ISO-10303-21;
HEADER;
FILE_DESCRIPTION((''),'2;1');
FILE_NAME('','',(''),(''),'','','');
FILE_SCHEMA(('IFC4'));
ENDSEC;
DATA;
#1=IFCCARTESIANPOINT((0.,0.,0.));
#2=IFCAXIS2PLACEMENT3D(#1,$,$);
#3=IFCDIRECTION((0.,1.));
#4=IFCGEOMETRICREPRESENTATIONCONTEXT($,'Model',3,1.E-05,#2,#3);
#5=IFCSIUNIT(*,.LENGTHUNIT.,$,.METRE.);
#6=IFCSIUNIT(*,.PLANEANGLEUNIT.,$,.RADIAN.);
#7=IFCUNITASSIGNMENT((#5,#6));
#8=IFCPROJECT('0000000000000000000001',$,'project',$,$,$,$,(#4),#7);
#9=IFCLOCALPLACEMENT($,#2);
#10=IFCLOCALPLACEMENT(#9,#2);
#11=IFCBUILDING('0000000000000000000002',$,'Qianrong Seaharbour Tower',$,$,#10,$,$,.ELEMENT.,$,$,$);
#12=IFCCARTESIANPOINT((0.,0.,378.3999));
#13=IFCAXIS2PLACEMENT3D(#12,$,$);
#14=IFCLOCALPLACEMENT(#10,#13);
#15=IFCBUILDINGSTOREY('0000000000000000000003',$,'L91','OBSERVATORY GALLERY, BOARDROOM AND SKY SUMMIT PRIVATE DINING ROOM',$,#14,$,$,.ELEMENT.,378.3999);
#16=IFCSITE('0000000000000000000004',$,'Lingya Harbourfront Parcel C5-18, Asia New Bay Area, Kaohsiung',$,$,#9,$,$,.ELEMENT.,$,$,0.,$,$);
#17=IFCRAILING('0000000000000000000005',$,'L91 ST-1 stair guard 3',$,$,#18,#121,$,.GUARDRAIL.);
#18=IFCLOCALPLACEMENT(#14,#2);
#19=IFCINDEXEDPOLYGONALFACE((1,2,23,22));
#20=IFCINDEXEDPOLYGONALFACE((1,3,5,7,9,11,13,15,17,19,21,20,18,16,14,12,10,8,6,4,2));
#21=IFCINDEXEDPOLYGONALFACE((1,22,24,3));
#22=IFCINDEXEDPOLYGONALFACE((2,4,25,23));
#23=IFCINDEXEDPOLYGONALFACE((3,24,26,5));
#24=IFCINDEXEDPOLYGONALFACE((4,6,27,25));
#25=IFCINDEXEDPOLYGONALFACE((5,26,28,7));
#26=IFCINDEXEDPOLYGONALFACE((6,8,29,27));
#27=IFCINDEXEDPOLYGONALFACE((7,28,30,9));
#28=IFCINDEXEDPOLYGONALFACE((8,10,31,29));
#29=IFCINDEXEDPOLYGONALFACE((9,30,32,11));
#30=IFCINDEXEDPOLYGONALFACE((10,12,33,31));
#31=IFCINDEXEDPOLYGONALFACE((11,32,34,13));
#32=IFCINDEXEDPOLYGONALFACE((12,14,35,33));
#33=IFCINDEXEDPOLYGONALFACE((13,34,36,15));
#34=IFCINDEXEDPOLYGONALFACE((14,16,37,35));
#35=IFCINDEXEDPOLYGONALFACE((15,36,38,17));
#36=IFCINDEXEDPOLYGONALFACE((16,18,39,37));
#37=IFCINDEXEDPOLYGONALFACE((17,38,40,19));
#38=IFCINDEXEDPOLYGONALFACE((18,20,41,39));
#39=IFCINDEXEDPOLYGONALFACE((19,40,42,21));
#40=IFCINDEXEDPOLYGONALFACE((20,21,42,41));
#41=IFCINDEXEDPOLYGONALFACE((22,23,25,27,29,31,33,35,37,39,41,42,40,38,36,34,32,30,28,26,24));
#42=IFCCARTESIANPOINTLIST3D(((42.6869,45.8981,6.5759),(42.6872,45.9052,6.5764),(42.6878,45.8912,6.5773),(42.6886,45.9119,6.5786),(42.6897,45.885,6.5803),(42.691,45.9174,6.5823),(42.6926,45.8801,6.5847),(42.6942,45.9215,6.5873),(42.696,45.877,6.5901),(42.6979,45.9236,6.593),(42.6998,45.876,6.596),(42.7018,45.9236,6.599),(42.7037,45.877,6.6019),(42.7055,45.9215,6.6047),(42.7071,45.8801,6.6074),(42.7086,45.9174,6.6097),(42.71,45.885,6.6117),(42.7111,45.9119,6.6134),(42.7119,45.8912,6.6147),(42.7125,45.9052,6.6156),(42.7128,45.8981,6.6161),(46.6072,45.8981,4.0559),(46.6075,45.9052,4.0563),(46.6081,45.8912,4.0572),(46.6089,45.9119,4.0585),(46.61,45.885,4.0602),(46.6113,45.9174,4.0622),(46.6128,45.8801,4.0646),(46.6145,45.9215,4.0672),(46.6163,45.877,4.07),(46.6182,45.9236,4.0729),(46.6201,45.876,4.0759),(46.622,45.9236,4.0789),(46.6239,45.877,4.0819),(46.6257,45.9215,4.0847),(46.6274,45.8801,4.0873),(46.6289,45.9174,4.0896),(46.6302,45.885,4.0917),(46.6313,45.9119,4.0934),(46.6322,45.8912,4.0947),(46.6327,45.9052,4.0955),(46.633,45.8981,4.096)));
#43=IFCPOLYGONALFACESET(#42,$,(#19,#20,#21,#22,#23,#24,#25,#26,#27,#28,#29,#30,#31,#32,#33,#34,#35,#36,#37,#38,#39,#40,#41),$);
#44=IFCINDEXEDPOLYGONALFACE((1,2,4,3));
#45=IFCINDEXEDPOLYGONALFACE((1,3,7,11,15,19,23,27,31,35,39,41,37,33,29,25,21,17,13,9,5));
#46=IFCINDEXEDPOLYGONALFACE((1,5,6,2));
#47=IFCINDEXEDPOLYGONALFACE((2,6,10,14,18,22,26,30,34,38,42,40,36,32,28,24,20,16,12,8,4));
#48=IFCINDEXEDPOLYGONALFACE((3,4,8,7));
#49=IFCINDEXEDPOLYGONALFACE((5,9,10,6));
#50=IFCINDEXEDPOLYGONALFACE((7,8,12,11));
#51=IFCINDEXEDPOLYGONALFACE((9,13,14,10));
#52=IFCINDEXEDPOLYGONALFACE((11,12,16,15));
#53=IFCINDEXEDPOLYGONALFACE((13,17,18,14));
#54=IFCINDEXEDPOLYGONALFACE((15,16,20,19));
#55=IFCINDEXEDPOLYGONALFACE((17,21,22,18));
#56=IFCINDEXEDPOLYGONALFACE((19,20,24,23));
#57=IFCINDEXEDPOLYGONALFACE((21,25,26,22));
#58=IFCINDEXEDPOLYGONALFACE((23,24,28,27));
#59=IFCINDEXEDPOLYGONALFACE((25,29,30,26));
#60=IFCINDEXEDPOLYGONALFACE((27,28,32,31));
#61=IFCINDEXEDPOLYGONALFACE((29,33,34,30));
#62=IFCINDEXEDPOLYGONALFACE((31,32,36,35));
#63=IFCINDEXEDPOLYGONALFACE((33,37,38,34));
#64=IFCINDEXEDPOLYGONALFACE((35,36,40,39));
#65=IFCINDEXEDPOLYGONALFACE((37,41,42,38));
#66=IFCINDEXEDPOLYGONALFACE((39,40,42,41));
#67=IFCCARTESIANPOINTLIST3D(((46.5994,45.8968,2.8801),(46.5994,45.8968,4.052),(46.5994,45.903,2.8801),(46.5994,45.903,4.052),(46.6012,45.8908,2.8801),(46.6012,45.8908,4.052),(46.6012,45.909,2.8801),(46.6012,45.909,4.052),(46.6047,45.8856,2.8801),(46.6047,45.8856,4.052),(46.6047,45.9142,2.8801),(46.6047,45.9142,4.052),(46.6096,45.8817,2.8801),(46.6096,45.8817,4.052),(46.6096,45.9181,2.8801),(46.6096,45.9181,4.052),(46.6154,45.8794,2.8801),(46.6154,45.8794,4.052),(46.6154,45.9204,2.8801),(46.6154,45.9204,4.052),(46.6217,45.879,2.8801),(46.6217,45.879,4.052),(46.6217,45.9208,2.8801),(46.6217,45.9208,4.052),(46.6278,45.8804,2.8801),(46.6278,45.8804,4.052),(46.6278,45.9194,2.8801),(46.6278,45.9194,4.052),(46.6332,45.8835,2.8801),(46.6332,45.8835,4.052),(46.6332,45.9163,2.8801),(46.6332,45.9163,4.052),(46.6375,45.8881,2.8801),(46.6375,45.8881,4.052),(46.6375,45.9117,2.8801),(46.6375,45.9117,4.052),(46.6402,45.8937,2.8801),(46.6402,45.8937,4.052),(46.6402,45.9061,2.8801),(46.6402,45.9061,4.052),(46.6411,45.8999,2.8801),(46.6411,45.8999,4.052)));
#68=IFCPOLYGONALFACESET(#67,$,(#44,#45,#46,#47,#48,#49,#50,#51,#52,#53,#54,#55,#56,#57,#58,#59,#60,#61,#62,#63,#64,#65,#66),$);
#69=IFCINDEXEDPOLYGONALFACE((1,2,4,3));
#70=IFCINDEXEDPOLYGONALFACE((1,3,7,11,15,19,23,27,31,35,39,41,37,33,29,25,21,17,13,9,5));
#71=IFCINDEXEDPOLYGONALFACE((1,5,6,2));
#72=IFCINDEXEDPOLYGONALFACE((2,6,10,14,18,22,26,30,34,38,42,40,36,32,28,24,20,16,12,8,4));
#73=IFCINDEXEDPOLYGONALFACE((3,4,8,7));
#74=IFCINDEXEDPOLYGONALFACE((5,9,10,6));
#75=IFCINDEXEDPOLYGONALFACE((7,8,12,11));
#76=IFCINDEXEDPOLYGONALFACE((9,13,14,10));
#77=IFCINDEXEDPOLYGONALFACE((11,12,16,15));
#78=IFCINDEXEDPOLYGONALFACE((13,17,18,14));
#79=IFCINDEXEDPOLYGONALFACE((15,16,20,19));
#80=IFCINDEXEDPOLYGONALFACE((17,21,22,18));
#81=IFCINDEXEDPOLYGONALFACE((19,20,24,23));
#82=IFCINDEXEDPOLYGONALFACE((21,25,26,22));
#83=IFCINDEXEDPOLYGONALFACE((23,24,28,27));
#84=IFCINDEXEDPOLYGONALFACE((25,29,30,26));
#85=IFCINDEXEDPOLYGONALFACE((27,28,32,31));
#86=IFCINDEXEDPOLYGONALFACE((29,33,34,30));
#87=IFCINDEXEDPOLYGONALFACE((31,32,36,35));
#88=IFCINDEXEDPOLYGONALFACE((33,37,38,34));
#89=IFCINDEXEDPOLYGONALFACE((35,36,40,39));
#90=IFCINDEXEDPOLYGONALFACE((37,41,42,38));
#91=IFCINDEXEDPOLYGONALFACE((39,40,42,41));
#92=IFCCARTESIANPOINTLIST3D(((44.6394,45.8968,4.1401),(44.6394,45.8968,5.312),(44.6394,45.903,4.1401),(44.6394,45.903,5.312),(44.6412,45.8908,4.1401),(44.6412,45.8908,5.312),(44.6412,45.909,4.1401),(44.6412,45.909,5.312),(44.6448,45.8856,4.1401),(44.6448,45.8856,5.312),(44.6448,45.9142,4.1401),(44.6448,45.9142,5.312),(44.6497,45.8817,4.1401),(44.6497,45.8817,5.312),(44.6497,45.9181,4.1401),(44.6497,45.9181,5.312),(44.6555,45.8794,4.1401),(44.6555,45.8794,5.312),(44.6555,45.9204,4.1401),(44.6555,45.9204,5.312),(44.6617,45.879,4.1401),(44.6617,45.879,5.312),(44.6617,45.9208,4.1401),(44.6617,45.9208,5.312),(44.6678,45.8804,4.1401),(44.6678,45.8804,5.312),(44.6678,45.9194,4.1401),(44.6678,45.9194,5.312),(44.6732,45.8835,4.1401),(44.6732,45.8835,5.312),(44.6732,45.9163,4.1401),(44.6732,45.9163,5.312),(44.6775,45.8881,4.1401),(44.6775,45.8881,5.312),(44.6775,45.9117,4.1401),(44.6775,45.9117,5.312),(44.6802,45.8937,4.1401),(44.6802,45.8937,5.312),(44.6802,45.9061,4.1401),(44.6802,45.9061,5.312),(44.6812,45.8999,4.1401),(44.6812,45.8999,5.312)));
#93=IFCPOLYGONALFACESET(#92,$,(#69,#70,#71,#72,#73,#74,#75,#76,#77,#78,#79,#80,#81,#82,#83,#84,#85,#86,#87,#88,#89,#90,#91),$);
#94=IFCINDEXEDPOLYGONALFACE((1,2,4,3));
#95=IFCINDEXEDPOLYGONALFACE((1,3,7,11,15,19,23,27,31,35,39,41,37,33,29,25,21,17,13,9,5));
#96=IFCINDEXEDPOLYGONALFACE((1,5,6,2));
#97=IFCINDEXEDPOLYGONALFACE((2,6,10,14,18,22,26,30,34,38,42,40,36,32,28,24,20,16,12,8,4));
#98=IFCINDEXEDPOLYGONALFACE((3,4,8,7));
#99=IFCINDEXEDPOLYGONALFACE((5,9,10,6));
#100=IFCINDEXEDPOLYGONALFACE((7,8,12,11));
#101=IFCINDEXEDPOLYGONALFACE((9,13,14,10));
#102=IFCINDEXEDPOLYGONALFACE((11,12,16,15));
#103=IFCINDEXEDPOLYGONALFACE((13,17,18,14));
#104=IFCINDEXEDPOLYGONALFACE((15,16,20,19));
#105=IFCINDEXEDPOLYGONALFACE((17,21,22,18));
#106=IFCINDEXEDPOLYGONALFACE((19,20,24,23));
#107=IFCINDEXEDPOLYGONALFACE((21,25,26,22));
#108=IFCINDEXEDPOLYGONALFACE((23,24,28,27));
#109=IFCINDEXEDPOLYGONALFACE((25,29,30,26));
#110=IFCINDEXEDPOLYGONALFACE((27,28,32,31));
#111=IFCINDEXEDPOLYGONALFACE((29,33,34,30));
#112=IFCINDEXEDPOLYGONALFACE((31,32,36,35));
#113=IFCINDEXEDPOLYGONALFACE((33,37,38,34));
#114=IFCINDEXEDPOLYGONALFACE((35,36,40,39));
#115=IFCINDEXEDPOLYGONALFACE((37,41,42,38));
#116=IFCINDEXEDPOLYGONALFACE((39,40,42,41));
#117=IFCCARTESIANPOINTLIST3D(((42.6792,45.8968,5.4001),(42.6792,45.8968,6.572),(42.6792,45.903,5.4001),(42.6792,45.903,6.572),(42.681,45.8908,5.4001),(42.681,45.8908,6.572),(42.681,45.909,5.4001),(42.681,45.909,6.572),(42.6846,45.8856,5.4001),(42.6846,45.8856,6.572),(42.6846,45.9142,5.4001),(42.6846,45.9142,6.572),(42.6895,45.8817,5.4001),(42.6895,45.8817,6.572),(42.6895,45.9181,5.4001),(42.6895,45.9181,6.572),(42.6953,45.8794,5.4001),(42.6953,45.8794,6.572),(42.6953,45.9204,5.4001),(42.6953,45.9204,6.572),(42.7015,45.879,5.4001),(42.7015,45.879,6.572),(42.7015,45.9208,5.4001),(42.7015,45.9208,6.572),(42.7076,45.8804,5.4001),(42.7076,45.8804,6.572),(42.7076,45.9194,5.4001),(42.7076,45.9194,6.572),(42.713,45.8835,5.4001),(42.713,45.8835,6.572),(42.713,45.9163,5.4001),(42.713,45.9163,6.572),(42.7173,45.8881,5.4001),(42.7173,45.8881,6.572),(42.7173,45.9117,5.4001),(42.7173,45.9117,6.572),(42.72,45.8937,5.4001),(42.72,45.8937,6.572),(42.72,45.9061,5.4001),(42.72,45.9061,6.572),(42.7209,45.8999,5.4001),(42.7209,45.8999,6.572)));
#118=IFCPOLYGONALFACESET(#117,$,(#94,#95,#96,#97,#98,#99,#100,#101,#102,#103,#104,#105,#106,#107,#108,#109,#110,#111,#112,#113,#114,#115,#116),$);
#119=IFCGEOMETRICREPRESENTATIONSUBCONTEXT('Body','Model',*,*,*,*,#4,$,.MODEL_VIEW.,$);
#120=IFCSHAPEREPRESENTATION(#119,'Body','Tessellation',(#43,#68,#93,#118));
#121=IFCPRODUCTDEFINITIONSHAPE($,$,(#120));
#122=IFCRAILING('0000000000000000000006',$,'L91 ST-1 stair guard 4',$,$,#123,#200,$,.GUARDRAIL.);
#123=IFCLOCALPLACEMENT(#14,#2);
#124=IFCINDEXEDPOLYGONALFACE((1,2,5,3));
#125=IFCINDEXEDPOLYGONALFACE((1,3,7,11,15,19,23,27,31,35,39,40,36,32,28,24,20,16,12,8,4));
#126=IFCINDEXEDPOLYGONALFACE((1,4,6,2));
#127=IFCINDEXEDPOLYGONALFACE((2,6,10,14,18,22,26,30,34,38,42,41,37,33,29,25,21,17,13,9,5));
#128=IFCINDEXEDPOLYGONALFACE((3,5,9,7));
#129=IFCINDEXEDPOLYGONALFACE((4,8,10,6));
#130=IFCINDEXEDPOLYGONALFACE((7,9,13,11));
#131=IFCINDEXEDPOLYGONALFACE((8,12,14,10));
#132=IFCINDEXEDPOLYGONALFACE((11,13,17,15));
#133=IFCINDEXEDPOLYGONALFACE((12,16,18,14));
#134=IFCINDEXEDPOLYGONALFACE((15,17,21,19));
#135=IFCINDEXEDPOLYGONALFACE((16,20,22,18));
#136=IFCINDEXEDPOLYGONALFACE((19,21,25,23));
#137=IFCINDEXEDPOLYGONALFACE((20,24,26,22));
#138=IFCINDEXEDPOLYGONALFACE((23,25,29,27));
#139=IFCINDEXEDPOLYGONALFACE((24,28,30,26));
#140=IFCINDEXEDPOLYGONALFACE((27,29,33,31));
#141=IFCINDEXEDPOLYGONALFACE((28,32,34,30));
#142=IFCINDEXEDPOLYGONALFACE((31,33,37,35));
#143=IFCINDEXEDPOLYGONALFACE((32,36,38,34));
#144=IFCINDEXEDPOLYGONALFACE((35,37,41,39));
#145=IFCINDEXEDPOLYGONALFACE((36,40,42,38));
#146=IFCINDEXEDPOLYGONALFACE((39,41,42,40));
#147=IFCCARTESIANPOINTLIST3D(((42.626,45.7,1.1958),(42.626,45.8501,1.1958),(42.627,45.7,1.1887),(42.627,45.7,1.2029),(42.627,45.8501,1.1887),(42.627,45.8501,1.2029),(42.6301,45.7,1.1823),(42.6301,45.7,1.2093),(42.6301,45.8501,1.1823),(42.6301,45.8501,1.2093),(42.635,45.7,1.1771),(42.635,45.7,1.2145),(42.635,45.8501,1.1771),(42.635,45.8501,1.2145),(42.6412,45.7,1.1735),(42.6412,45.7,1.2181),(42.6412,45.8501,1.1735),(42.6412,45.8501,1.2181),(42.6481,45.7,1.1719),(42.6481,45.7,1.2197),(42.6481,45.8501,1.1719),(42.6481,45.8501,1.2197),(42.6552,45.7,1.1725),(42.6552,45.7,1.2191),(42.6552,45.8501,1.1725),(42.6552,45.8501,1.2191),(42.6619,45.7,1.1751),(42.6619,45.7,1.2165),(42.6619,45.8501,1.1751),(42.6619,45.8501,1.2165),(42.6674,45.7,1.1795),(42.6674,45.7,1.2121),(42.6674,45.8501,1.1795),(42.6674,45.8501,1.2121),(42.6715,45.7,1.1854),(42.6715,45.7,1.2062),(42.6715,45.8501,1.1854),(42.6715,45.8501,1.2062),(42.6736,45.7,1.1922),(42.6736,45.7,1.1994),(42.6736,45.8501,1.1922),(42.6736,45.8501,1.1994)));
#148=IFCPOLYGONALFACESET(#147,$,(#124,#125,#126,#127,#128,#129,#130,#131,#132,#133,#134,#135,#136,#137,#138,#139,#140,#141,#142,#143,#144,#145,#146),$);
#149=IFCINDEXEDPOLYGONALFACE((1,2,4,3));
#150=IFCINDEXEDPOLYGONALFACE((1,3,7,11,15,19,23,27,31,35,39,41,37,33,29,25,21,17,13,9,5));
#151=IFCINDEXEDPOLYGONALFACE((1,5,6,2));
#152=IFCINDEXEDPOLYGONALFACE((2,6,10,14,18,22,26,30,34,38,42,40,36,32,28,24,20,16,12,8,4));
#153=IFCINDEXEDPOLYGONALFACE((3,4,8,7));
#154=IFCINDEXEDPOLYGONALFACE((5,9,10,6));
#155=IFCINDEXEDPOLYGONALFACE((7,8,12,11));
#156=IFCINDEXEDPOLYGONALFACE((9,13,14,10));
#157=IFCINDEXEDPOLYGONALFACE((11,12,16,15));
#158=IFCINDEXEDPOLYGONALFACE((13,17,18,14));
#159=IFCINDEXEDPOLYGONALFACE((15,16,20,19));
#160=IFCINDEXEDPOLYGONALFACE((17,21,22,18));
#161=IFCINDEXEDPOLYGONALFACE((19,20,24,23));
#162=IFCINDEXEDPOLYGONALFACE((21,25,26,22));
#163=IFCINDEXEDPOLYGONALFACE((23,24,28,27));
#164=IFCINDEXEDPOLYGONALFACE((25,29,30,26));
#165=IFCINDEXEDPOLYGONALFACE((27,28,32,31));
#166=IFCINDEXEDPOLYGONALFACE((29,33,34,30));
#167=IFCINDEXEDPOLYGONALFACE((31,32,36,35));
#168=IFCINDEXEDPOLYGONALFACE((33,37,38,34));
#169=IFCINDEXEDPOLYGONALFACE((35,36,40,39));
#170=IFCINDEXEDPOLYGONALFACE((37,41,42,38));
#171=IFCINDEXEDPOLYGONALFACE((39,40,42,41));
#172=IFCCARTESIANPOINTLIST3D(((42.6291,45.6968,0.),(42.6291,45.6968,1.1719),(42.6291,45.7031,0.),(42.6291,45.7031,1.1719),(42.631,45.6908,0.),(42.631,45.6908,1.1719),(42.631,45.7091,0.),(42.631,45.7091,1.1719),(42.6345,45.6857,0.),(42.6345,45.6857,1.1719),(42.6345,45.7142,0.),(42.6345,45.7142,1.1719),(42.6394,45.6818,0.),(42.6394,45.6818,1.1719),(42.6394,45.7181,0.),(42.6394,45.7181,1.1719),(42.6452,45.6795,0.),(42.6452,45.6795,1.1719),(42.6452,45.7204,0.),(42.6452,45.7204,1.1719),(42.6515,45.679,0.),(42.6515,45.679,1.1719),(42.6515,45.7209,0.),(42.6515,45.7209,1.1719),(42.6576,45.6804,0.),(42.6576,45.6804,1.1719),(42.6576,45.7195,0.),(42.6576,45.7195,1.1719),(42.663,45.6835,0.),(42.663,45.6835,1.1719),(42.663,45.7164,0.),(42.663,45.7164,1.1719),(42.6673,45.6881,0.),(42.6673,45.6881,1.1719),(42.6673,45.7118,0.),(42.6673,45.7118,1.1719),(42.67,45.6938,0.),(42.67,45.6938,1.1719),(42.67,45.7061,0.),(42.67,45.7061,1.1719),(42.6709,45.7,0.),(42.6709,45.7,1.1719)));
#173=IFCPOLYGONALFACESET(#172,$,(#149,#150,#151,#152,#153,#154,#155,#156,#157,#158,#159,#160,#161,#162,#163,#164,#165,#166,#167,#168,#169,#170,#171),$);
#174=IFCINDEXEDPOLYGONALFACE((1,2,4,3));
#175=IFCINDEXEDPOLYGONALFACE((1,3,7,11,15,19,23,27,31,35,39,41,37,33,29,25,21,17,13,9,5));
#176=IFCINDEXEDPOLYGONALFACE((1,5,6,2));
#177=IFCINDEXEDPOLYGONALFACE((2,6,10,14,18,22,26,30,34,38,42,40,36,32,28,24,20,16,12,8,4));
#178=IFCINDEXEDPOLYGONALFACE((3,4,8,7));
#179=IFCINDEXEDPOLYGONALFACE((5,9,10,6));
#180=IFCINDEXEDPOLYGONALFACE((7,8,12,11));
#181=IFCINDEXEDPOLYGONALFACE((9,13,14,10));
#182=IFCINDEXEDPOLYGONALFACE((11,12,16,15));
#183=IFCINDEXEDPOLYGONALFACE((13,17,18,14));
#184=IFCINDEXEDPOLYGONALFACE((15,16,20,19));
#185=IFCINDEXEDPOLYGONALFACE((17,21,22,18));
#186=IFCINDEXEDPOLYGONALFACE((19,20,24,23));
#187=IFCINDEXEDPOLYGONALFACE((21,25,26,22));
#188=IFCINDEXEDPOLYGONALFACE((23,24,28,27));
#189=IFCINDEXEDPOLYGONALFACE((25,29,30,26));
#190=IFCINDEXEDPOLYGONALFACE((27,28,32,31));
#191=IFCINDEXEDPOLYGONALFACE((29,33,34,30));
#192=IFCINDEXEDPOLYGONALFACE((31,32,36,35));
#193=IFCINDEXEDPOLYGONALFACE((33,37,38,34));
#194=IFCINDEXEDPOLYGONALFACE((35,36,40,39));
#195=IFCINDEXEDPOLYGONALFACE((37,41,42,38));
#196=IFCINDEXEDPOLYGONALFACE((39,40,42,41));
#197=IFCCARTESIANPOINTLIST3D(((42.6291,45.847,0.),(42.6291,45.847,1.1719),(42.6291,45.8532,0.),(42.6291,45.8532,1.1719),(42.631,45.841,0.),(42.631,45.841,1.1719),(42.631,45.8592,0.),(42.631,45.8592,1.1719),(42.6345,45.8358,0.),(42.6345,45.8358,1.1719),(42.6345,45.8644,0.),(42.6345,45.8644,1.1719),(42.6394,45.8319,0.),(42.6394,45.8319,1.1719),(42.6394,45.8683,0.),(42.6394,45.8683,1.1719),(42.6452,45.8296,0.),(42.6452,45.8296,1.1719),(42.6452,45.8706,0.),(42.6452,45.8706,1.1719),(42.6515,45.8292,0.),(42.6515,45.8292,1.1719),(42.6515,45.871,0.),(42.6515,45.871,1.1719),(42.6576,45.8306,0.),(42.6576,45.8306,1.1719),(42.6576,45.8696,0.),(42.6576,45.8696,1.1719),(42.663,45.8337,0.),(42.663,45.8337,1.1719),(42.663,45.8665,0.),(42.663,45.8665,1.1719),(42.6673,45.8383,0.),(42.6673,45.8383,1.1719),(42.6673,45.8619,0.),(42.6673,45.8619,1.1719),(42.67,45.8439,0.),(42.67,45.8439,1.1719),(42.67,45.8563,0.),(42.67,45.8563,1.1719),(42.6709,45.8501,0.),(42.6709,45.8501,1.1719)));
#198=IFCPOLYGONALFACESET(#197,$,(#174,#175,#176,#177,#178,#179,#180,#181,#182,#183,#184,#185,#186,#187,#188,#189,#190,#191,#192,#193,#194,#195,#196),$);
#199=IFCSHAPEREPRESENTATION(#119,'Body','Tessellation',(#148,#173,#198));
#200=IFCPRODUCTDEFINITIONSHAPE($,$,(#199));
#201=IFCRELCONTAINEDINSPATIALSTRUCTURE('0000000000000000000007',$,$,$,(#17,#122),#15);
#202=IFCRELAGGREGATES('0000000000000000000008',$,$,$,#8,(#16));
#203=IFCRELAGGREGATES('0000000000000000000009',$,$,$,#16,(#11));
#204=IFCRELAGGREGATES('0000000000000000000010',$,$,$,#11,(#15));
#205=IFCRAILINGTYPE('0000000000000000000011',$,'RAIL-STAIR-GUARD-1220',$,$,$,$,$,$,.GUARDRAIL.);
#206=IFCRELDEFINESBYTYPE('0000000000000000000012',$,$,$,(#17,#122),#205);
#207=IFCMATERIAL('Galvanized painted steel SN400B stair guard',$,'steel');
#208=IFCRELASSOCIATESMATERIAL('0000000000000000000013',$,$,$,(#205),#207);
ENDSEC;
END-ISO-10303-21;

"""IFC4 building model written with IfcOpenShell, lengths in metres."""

from ifc_helpers import new_model, si_unit, direction, frame, origin, origin_2d, place, context, subcontext, project, spatial, circle, extrude, material, type_object, element, save


model = new_model("IFC4")

# Units and contexts
model_context = context("Model", 3, precision=1e-05, world=origin(), true_north=direction((0.0, 1.0)))
body_context = subcontext(model_context, "Body", "Model", "MODEL_VIEW")
ifc_project = project(units=[si_unit("LENGTHUNIT", "METRE"), si_unit("PLANEANGLEUNIT", "RADIAN")], contexts=[model_context])

# Site, building, storey
site_placement = place(None, origin())
site = spatial("IfcSite", under=ifc_project, at=site_placement, Name="Lingya Harbourfront Parcel C5-18, Asia New Bay Area, Kaohsiung", CompositionType="ELEMENT", RefElevation=0.0)
building_placement = place(site_placement, origin())
building = spatial("IfcBuilding", under=site, at=building_placement, Name="Qianrong Seaharbour Tower", CompositionType="ELEMENT")
storey_placement = place(building_placement, frame((0.0, 0.0, 378.3999)))
storey = spatial("IfcBuildingStorey", under=building, at=storey_placement, Name="L91", Description="OBSERVATORY GALLERY, BOARDROOM AND SKY SUMMIT PRIVATE DINING ROOM", CompositionType="ELEMENT", Elevation=378.3999)

# Railings
ifc_material_1 = material(Name="Galvanized painted steel SN400B stair guard", Category="steel")
railing_type_1 = type_object("IfcRailingType", Name="RAIL-STAIR-GUARD-1220", PredefinedType="GUARDRAIL", material=ifc_material_1)
railing_1_placement = place(storey_placement, frame((46.6201, 45.8999, 2.8801)))
element("IfcRailing", 1, at=railing_1_placement, inside=storey, type_object=railing_type_1, Name="L91 ST-1 stair guard 3", PredefinedType="GUARDRAIL", context=body_context, shape_type="SweptSolid", body=[
    extrude(circle(Radius=0.0239, at=origin_2d()), frame((0.0, 0.0, 1.1958), z_axis=(-0.841187, 0.0, 0.540744), x_axis=(0.0, -1.0, 0.0)), (0.0, 0.0, 1.0), 4.6604),
    extrude(circle(Radius=0.021, at=origin_2d()), origin(), (0.0, 0.0, 1.0), 1.1719),
    extrude(circle(Radius=0.021, at=origin_2d()), frame((-1.96, 0.0, 1.26)), (0.0, 0.0, 1.0), 1.1719),
    extrude(circle(Radius=0.021, at=origin_2d()), frame((-3.9202, 0.0, 2.52)), (0.0, 0.0, 1.0), 1.1719),
])
railing_2_placement = place(storey_placement, frame((42.6499, 45.7, 0.0)))
element("IfcRailing", 2, at=railing_2_placement, inside=storey, type_object=railing_type_1, Name="L91 ST-1 stair guard 4", PredefinedType="GUARDRAIL", context=body_context, shape_type="SweptSolid", body=[
    extrude(circle(Radius=0.0239, at=origin_2d()), frame((0.0, 0.0, 1.1958), z_axis=(0.0, 1.0, 0.0), x_axis=(-1.0, 0.0, 0.0)), (0.0, 0.0, 1.0), 0.1501),
    extrude(circle(Radius=0.021, at=origin_2d()), origin(), (0.0, 0.0, 1.0), 1.1719),
    extrude(circle(Radius=0.021, at=origin_2d()), frame((0.0, 0.1501, 0.0)), (0.0, 0.0, 1.0), 1.1719),
])

save(model, "model.ifc")
